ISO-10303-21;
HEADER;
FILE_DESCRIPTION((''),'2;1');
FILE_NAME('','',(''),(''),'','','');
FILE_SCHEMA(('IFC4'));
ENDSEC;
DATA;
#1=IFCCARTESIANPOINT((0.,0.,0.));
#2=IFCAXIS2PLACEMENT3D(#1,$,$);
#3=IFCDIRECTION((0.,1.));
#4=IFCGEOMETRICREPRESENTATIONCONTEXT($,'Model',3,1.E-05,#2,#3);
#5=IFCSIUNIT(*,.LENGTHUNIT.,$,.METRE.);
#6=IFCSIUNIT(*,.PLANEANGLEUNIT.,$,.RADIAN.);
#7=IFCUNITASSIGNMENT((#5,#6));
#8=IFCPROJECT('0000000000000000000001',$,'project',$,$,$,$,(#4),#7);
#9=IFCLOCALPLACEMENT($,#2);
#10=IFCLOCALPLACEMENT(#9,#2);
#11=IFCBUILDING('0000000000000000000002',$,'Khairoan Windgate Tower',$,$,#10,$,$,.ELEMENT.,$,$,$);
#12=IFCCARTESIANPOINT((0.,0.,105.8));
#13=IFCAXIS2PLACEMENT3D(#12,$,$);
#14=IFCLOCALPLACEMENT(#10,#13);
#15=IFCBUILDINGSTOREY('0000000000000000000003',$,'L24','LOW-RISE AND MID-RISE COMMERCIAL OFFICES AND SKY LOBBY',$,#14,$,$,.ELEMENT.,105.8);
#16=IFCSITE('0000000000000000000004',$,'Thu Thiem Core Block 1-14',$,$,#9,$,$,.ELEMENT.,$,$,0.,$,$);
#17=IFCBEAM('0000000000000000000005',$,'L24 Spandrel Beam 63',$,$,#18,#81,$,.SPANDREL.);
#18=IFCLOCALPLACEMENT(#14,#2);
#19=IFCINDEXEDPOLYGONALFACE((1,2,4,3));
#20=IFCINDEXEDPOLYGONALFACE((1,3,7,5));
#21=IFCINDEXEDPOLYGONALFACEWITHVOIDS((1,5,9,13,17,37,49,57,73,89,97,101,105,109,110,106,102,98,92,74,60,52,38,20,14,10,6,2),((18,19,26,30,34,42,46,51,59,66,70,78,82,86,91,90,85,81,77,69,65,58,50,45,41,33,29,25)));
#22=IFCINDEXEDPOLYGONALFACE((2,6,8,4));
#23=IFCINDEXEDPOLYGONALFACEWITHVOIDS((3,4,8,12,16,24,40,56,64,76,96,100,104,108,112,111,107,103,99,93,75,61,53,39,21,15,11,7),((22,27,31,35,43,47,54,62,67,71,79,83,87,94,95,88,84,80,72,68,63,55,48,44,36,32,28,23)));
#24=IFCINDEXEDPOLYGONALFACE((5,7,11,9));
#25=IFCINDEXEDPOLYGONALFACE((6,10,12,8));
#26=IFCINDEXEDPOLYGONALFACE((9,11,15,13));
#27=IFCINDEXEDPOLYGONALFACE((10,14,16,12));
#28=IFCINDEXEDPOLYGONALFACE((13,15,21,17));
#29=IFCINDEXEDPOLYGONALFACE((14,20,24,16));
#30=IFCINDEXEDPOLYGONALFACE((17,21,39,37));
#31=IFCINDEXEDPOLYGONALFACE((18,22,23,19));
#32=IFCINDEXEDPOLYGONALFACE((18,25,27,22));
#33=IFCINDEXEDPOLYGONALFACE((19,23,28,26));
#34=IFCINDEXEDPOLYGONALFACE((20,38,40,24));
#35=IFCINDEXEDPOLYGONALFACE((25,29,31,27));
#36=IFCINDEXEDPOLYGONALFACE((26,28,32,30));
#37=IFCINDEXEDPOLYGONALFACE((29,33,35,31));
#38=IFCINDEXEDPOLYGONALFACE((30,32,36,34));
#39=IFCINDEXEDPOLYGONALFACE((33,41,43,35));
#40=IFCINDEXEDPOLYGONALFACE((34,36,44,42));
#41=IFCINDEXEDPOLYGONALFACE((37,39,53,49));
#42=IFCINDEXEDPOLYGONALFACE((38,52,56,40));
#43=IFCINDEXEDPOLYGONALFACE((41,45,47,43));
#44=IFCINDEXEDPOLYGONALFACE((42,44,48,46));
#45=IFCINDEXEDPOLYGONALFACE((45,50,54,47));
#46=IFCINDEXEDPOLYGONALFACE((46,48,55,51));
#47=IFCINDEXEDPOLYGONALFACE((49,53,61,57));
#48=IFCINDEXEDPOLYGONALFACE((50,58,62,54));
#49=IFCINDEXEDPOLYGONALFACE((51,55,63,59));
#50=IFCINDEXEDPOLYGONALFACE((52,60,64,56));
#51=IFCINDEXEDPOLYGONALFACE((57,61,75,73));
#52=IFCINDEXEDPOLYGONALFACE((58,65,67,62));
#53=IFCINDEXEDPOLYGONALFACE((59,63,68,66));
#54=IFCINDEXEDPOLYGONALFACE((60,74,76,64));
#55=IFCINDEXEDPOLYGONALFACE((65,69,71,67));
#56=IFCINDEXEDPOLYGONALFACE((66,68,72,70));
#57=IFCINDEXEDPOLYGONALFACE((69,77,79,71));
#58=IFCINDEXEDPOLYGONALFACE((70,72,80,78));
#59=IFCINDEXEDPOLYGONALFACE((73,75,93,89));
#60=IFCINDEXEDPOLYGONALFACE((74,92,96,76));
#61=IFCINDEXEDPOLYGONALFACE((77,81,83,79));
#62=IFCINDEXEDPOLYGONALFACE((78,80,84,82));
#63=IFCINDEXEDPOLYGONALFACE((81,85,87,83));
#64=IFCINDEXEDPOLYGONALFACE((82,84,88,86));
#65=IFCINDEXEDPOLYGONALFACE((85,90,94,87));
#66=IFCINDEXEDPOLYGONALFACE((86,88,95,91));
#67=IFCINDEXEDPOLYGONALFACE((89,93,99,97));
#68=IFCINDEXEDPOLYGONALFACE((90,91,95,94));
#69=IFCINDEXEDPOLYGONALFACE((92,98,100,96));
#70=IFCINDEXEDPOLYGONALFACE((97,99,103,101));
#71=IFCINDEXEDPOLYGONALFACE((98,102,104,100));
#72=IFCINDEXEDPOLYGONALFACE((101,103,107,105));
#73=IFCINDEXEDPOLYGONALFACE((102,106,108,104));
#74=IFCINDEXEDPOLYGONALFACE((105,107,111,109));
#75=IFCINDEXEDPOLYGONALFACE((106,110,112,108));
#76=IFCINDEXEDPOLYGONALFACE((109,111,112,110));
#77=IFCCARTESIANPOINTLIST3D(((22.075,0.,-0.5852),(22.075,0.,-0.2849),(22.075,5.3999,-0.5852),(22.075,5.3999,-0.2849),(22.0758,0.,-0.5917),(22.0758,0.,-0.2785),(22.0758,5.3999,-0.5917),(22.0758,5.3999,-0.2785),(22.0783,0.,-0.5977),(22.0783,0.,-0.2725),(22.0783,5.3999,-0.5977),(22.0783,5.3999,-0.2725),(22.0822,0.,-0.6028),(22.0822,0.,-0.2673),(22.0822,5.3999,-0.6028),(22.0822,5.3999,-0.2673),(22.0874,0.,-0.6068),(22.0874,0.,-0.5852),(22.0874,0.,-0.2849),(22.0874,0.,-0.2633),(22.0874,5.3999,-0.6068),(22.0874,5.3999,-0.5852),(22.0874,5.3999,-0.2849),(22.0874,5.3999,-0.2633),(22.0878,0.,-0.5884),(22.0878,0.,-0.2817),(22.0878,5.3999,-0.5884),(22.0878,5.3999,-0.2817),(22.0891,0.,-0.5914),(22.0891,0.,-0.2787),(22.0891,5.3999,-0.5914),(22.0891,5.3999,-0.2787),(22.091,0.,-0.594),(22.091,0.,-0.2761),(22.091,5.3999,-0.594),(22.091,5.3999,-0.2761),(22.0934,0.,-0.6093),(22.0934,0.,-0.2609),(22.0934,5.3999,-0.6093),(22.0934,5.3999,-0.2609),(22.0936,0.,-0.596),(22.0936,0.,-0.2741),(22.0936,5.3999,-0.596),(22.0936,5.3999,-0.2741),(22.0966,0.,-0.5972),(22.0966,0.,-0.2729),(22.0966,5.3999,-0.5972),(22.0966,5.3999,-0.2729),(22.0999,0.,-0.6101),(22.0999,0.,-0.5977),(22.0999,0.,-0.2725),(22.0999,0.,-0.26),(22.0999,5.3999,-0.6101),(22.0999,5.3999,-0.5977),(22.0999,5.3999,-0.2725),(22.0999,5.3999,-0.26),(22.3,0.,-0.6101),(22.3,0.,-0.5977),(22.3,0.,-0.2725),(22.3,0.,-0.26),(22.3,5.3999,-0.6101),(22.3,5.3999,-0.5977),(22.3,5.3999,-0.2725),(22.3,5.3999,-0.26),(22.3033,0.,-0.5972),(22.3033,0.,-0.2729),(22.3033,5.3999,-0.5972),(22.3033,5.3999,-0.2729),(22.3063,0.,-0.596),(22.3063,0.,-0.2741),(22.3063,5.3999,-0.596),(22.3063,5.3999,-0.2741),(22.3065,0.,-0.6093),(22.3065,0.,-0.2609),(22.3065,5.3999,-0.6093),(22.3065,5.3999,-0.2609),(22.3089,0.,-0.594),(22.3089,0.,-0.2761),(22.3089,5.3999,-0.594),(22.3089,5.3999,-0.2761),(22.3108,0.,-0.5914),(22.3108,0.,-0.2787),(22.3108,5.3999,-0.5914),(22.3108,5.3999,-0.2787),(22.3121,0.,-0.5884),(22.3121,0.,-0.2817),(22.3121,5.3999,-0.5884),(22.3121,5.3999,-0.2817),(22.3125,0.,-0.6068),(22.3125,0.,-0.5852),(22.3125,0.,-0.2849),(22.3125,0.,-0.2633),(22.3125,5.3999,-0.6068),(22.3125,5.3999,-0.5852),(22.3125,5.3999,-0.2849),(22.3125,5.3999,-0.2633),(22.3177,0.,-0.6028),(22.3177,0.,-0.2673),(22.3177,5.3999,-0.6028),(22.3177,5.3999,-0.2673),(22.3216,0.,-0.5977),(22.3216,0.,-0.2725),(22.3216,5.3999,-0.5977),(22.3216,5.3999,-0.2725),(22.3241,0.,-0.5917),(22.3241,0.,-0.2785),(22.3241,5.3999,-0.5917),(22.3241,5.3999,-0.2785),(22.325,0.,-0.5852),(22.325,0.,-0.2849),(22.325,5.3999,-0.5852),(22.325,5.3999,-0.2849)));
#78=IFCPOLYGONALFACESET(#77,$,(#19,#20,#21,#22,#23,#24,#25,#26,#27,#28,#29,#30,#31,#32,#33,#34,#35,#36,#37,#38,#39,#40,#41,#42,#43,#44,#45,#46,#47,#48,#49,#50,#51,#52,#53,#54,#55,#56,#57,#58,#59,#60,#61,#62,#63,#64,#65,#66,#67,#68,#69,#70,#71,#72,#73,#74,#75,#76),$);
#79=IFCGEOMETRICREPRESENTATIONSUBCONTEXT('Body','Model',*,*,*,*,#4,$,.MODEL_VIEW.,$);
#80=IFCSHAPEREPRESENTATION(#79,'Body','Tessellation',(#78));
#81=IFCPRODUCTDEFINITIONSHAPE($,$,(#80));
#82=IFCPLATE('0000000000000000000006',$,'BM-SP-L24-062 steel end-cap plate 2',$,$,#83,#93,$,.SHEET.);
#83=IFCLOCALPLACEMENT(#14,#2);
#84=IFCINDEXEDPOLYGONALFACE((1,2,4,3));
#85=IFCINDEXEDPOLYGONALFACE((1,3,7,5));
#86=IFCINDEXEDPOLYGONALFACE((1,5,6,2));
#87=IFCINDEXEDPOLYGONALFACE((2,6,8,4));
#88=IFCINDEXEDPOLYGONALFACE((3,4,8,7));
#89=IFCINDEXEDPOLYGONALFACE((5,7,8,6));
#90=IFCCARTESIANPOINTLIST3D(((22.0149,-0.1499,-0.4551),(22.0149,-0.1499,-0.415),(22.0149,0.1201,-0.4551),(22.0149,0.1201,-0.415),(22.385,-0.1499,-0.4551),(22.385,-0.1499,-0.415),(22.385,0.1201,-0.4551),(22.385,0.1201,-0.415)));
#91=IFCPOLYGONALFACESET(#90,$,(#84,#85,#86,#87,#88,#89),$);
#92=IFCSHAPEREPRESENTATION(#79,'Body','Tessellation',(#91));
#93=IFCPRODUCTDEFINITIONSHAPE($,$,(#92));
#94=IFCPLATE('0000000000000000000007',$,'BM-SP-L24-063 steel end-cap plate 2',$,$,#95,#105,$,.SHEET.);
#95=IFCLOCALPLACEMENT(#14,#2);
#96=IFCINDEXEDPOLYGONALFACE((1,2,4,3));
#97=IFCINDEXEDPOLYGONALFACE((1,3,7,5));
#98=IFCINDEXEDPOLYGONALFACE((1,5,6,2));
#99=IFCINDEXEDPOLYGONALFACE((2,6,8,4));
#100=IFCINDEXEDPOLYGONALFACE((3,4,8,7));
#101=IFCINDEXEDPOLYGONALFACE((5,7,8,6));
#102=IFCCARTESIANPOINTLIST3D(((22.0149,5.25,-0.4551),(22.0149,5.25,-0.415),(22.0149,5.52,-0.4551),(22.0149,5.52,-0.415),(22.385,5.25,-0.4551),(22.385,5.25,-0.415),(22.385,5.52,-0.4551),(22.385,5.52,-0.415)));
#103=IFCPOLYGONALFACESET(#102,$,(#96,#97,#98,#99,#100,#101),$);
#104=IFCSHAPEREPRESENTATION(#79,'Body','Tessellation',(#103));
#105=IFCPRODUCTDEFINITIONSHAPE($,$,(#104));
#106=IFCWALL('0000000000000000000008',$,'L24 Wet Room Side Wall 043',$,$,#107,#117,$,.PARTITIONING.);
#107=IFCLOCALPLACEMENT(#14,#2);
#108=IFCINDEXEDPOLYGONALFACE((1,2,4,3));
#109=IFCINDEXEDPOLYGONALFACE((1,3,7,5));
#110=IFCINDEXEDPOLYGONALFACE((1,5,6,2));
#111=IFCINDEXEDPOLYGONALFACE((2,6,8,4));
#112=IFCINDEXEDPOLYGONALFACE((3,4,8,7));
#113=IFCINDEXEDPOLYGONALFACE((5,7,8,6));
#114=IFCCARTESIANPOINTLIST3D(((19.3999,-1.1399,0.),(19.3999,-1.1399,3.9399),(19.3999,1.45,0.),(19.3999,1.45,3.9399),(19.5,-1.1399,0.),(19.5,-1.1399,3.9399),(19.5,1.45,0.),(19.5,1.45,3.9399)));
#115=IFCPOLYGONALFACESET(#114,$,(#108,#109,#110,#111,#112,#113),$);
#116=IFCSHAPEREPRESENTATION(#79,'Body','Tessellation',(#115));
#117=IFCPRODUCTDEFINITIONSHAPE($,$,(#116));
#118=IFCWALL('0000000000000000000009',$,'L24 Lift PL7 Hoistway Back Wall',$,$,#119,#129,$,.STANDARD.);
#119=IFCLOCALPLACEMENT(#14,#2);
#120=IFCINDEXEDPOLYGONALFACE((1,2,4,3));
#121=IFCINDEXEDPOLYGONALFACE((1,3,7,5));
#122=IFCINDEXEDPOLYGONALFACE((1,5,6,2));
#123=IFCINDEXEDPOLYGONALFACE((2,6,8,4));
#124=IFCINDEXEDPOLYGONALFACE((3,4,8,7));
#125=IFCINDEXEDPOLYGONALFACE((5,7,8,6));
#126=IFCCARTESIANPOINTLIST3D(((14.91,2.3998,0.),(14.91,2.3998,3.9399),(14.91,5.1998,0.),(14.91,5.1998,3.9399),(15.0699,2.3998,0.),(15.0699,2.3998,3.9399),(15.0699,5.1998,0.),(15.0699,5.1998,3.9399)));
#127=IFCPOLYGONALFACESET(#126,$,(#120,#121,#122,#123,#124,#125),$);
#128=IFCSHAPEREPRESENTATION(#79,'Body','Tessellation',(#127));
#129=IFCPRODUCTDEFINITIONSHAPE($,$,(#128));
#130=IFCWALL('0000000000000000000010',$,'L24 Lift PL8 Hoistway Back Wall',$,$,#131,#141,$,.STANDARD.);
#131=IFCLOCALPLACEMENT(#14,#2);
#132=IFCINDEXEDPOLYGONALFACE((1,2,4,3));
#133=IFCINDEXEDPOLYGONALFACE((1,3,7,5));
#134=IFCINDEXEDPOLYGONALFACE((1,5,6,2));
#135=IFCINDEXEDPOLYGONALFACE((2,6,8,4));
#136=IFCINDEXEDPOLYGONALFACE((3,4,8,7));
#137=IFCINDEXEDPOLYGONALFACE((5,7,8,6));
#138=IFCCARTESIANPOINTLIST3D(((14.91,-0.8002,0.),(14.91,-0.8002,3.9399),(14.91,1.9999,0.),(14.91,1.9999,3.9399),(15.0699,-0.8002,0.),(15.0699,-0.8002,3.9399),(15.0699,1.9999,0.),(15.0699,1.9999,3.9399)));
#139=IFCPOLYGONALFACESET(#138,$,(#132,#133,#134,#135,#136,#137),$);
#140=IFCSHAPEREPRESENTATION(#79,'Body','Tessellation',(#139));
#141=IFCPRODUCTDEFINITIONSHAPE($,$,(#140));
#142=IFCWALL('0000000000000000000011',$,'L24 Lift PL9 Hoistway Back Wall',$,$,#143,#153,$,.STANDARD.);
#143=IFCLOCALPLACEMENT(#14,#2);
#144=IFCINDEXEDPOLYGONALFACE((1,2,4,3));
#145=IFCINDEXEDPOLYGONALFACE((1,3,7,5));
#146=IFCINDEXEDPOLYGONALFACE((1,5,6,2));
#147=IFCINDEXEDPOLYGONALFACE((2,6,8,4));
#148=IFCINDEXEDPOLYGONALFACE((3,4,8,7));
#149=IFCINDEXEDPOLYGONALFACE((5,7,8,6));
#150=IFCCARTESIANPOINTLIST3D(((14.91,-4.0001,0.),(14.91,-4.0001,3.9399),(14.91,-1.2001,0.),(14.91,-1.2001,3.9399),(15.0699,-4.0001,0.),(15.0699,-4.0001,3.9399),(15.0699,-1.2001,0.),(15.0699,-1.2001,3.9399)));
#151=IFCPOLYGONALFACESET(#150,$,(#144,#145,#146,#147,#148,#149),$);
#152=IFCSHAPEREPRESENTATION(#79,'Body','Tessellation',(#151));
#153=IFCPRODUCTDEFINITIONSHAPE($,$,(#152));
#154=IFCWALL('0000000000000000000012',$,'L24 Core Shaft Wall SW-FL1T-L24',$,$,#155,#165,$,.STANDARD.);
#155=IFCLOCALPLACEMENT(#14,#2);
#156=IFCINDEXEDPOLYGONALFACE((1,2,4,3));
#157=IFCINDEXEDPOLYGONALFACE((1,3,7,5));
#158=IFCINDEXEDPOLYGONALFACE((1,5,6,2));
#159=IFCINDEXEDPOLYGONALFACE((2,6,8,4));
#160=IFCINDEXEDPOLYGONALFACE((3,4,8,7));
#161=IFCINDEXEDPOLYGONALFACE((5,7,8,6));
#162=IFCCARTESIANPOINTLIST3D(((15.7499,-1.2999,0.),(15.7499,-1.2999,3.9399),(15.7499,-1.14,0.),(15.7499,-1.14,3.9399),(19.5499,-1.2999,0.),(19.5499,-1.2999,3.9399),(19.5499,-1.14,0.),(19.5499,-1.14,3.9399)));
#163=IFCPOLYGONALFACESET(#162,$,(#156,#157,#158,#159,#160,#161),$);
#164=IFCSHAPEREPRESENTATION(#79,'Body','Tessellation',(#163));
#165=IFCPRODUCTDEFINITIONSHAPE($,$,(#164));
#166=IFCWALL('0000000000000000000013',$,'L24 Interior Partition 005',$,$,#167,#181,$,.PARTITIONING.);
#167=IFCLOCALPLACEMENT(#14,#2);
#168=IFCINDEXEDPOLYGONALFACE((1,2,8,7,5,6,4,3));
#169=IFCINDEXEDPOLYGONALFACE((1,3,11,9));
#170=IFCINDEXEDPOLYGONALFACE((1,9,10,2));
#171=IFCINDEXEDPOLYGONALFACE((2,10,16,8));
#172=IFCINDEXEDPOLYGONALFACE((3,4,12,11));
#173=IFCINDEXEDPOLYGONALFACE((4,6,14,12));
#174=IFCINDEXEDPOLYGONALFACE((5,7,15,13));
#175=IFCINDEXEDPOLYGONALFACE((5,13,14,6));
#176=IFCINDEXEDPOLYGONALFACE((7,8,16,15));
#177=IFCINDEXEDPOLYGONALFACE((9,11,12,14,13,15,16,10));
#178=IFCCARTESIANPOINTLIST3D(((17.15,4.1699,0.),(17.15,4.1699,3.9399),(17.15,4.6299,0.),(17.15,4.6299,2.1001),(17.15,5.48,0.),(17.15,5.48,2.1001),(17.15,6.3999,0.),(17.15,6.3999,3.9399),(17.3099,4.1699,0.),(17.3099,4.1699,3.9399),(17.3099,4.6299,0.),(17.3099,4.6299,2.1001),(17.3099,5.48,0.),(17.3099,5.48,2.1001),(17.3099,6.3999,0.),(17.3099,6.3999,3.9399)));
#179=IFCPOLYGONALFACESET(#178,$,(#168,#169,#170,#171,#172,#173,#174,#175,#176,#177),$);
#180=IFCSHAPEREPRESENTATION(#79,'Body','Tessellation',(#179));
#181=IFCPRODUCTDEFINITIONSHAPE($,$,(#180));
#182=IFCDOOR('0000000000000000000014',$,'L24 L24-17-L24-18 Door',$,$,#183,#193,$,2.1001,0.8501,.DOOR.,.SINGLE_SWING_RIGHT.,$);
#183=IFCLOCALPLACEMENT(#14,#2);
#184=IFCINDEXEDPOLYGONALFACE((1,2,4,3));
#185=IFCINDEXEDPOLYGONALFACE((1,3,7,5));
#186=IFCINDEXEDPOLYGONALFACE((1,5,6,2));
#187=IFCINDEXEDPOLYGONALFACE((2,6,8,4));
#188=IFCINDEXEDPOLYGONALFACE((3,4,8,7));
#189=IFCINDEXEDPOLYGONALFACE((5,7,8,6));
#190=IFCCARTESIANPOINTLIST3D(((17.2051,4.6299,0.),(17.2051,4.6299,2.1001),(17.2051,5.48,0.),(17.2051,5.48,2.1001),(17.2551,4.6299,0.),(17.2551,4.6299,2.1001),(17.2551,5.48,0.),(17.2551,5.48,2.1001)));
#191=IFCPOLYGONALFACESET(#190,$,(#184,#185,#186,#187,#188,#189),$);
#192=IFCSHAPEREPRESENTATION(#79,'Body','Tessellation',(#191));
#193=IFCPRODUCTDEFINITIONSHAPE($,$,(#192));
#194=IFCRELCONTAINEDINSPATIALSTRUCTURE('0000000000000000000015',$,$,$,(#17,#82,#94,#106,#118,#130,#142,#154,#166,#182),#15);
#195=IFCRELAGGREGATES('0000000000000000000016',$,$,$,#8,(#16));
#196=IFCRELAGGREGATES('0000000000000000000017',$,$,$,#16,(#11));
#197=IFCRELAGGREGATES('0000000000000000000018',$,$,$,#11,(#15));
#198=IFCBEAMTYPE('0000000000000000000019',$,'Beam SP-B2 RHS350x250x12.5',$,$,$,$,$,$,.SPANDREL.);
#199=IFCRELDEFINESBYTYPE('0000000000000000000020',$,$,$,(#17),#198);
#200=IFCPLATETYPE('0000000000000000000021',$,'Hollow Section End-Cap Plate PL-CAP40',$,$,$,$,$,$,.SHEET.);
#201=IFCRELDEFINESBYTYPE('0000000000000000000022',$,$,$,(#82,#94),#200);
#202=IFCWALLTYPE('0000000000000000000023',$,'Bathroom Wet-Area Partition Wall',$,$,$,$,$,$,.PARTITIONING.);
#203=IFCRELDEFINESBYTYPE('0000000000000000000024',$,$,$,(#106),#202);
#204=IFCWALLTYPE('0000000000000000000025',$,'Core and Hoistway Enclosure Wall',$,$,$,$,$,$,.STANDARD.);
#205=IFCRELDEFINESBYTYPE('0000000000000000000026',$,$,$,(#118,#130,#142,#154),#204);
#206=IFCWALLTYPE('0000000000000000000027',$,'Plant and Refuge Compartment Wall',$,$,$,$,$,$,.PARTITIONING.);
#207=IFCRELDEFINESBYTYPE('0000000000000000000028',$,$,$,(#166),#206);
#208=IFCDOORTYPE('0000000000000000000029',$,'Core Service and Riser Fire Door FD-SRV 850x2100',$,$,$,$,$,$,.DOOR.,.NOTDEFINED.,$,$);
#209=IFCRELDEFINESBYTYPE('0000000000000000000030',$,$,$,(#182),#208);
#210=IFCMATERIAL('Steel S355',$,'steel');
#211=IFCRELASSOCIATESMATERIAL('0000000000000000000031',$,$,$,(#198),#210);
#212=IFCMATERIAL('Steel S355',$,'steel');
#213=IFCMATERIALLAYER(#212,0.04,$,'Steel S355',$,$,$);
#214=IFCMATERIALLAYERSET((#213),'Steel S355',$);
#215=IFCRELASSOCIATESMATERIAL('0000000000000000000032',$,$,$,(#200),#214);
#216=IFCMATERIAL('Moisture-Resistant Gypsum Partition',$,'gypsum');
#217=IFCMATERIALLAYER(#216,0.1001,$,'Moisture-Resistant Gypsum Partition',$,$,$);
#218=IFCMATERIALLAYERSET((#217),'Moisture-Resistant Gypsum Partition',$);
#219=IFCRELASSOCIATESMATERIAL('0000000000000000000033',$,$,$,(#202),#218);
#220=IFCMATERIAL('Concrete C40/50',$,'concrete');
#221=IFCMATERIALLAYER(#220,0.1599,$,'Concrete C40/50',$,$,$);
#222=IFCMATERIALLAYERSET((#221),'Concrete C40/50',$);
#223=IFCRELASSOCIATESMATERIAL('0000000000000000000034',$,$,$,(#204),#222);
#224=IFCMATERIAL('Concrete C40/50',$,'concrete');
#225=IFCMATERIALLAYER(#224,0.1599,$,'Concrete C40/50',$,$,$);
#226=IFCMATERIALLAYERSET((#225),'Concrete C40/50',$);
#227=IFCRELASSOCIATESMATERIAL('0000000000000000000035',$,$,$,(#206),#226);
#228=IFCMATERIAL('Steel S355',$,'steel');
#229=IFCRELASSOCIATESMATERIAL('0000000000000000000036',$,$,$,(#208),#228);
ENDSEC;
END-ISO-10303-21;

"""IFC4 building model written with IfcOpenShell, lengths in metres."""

from ifc_helpers import new_model, si_unit, direction, frame, frame_2d, origin, origin_2d, place, context, subcontext, project, spatial, rectangle, hollow_rectangle, extrude, material, layer, layer_set, material_profile, profile_set, type_object, element, fill, save


model = new_model("IFC4")

# Units and contexts
model_context = context("Model", 3, precision=1e-05, world=origin(), true_north=direction((0.0, 1.0)))
body_context = subcontext(model_context, "Body", "Model", "MODEL_VIEW")
ifc_project = project(units=[si_unit("LENGTHUNIT", "METRE"), si_unit("PLANEANGLEUNIT", "RADIAN")], contexts=[model_context])

# Site, building, storey
site_placement = place(None, origin())
site = spatial("IfcSite", under=ifc_project, at=site_placement, Name="Thu Thiem Core Block 1-14", CompositionType="ELEMENT", RefElevation=0.0)
building_placement = place(site_placement, origin())
building = spatial("IfcBuilding", under=site, at=building_placement, Name="Khairoan Windgate Tower", CompositionType="ELEMENT")
storey_placement = place(building_placement, frame((0.0, 0.0, 105.8)))
storey = spatial("IfcBuildingStorey", under=building, at=storey_placement, Name="L24", Description="LOW-RISE AND MID-RISE COMMERCIAL OFFICES AND SKY LOBBY", CompositionType="ELEMENT", Elevation=105.8)

# Beam
ifc_material_1 = material(Name="Steel S355", Category="steel")
ifc_material_profile_1 = material_profile(ifc_material_1, hollow_rectangle(XDim=0.25, YDim=0.3501, WallThickness=0.0125, InnerFilletRadius=0.0125, OuterFilletRadius=0.0249, at=origin_2d()))
ifc_profile_set_1 = profile_set([ifc_material_profile_1], Name="Steel S355")
beam_type_1 = type_object("IfcBeamType", Name="Beam SP-B2 RHS350x250x12.5", PredefinedType="SPANDREL", material=ifc_profile_set_1)
beam_1_placement = place(storey_placement, frame((22.2, 0.0, -0.4351), z_axis=(0.0, 1.0, 0.0), x_axis=(-1.0, 0.0, 0.0)))
element("IfcBeam", 1, at=beam_1_placement, inside=storey, type_object=beam_type_1, Name="L24 Spandrel Beam 63", PredefinedType="SPANDREL", context=body_context, shape_type="SweptSolid", body=[
    extrude(hollow_rectangle(XDim=0.25, YDim=0.3501, WallThickness=0.0125, InnerFilletRadius=0.0125, OuterFilletRadius=0.0249, at=origin_2d()), origin(), (0.0, 0.0, 1.0), 5.3999),
])

# Plates
ifc_material_2 = material(Name="Steel S355", Category="steel")
ifc_layer_1 = layer(ifc_material_2, 0.04, Name="Steel S355")
ifc_layer_set_1 = layer_set([ifc_layer_1], Name="Steel S355")
plate_type = type_object("IfcPlateType", Name="Hollow Section End-Cap Plate PL-CAP40", PredefinedType="SHEET", material=ifc_layer_set_1)
for number, where, z_axis, x_axis, name in (
    (2, (22.2, -0.0149, -0.4551), (0.0, 0.0, 1.0), (0.0, 1.0, 0.0), "BM-SP-L24-062 steel end-cap plate 2"),
    (3, (22.2, 5.385, -0.4551), (0.0, 0.0, 1.0), (0.0, 1.0, 0.0), "BM-SP-L24-063 steel end-cap plate 2"),
):
    element("IfcPlate", number, at=place(storey_placement, frame(where, z_axis=z_axis, x_axis=x_axis)), inside=storey, type_object=plate_type, Name=name, PredefinedType="SHEET", context=body_context, shape_type="SweptSolid", body=[
        extrude(rectangle(XDim=0.27, YDim=0.3701, at=origin_2d()), origin(), (0.0, 0.0, 1.0), 0.04),
    ])

# Walls
ifc_material_3 = material(Name="Moisture-Resistant Gypsum Partition", Category="gypsum")
ifc_layer_2 = layer(ifc_material_3, 0.1001, Name="Moisture-Resistant Gypsum Partition")
ifc_layer_set_2 = layer_set([ifc_layer_2], Name="Moisture-Resistant Gypsum Partition")
wall_type_1 = type_object("IfcWallType", Name="Bathroom Wet-Area Partition Wall", PredefinedType="PARTITIONING", material=ifc_layer_set_2)
wall_1_placement = place(storey_placement, frame((19.45, 1.45, 0.0), z_axis=(0.0, 0.0, 1.0), x_axis=(0.0, -1.0, 0.0)))
element("IfcWall", 4, at=wall_1_placement, inside=storey, type_object=wall_type_1, Name="L24 Wet Room Side Wall 043", PredefinedType="PARTITIONING", context=body_context, shape_type="SweptSolid", body=[
    extrude(rectangle(XDim=2.5898, YDim=0.1001, at=frame_2d((1.2949, 0.0))), origin(), (0.0, 0.0, 1.0), 3.9399),
])
ifc_material_4 = material(Name="Concrete C40/50", Category="concrete")
ifc_layer_3 = layer(ifc_material_4, 0.1599, Name="Concrete C40/50")
ifc_layer_set_3 = layer_set([ifc_layer_3], Name="Concrete C40/50")
wall_type_2 = type_object("IfcWallType", Name="Core and Hoistway Enclosure Wall", PredefinedType="STANDARD", material=ifc_layer_set_3)
for number, where, z_axis, x_axis, name in (
    (5, (14.99, 2.3999, 0.0), (0.0, 0.0, 1.0), (0.0, 1.0, 0.0), "L24 Lift PL7 Hoistway Back Wall"),
    (6, (14.99, -0.8, 0.0), (0.0, 0.0, 1.0), (0.0, 1.0, 0.0), "L24 Lift PL8 Hoistway Back Wall"),
    (7, (14.99, -4.0, 0.0), (0.0, 0.0, 1.0), (0.0, 1.0, 0.0), "L24 Lift PL9 Hoistway Back Wall"),
):
    element("IfcWall", number, at=place(storey_placement, frame(where, z_axis=z_axis, x_axis=x_axis)), inside=storey, type_object=wall_type_2, Name=name, PredefinedType="STANDARD", context=body_context, shape_type="SweptSolid", body=[
        extrude(rectangle(XDim=2.8, YDim=0.1599, at=frame_2d((1.3999, 0.0))), origin(), (0.0, 0.0, 1.0), 3.9399),
    ])
wall_2_placement = place(storey_placement, frame((15.75, -1.22, 0.0), z_axis=(0.0, 0.0, 1.0), x_axis=(1.0, 0.0, 0.0)))
element("IfcWall", 8, at=wall_2_placement, inside=storey, type_object=wall_type_2, Name="L24 Core Shaft Wall SW-FL1T-L24", PredefinedType="STANDARD", context=body_context, shape_type="SweptSolid", body=[
    extrude(rectangle(XDim=3.8, YDim=0.1599, at=frame_2d((1.8999, 0.0))), origin(), (0.0, 0.0, 1.0), 3.9399),
])

# Wall, opening, door
ifc_material_5 = material(Name="Concrete C40/50", Category="concrete")
ifc_layer_4 = layer(ifc_material_5, 0.1599, Name="Concrete C40/50")
ifc_layer_set_4 = layer_set([ifc_layer_4], Name="Concrete C40/50")
wall_type_3 = type_object("IfcWallType", Name="Plant and Refuge Compartment Wall", PredefinedType="PARTITIONING", material=ifc_layer_set_4)
wall_3_placement = place(storey_placement, frame((17.23, 4.1699, 0.0), z_axis=(0.0, 0.0, 1.0), x_axis=(0.0, 1.0, 0.0)))
wall_3 = element("IfcWall", 9, at=wall_3_placement, inside=storey, type_object=wall_type_3, Name="L24 Interior Partition 005", PredefinedType="PARTITIONING", context=body_context, shape_type="SweptSolid", body=[
    extrude(rectangle(XDim=2.23, YDim=0.1599, at=frame_2d((1.115, 0.0))), origin(), (0.0, 0.0, 1.0), 3.9399),
])
opening_1_placement = place(wall_3_placement, frame((0.46, 0.0, 0.0)))
opening_1 = element("IfcOpeningElement", 10, at=opening_1_placement, cuts=wall_3, PredefinedType="OPENING", context=body_context, shape_type="SweptSolid", body=[
    extrude(rectangle(XDim=0.8501, YDim=2.1001, at=frame_2d((0.425, 1.05))), frame((0.0, 0.0898, 0.0), z_axis=(0.0, -1.0, 0.0), x_axis=(1.0, 0.0, 0.0)), (0.0, 0.0, 1.0), 0.1799),
])
ifc_material_6 = material(Name="Steel S355", Category="steel")
door_type = type_object("IfcDoorType", Name="Core Service and Riser Fire Door FD-SRV 850x2100", OperationType="NOTDEFINED", PredefinedType="DOOR", material=ifc_material_6)
door_1_placement = place(opening_1_placement, origin())
door_1 = element("IfcDoor", 11, at=door_1_placement, inside=storey, type_object=door_type, Name="L24 L24-17-L24-18 Door", OperationType="SINGLE_SWING_RIGHT", OverallHeight=2.1001, OverallWidth=0.8501, PredefinedType="DOOR", context=body_context, shape_type="SweptSolid", body=[
    extrude(rectangle(XDim=0.8501, YDim=2.1001, at=frame_2d((0.425, 1.05))), frame((0.0, 0.0249, 0.0), z_axis=(0.0, -1.0, 0.0), x_axis=(1.0, 0.0, 0.0)), (0.0, 0.0, 1.0), 0.05),
])
fill(opening_1, door_1)

save(model, "model.ifc")
